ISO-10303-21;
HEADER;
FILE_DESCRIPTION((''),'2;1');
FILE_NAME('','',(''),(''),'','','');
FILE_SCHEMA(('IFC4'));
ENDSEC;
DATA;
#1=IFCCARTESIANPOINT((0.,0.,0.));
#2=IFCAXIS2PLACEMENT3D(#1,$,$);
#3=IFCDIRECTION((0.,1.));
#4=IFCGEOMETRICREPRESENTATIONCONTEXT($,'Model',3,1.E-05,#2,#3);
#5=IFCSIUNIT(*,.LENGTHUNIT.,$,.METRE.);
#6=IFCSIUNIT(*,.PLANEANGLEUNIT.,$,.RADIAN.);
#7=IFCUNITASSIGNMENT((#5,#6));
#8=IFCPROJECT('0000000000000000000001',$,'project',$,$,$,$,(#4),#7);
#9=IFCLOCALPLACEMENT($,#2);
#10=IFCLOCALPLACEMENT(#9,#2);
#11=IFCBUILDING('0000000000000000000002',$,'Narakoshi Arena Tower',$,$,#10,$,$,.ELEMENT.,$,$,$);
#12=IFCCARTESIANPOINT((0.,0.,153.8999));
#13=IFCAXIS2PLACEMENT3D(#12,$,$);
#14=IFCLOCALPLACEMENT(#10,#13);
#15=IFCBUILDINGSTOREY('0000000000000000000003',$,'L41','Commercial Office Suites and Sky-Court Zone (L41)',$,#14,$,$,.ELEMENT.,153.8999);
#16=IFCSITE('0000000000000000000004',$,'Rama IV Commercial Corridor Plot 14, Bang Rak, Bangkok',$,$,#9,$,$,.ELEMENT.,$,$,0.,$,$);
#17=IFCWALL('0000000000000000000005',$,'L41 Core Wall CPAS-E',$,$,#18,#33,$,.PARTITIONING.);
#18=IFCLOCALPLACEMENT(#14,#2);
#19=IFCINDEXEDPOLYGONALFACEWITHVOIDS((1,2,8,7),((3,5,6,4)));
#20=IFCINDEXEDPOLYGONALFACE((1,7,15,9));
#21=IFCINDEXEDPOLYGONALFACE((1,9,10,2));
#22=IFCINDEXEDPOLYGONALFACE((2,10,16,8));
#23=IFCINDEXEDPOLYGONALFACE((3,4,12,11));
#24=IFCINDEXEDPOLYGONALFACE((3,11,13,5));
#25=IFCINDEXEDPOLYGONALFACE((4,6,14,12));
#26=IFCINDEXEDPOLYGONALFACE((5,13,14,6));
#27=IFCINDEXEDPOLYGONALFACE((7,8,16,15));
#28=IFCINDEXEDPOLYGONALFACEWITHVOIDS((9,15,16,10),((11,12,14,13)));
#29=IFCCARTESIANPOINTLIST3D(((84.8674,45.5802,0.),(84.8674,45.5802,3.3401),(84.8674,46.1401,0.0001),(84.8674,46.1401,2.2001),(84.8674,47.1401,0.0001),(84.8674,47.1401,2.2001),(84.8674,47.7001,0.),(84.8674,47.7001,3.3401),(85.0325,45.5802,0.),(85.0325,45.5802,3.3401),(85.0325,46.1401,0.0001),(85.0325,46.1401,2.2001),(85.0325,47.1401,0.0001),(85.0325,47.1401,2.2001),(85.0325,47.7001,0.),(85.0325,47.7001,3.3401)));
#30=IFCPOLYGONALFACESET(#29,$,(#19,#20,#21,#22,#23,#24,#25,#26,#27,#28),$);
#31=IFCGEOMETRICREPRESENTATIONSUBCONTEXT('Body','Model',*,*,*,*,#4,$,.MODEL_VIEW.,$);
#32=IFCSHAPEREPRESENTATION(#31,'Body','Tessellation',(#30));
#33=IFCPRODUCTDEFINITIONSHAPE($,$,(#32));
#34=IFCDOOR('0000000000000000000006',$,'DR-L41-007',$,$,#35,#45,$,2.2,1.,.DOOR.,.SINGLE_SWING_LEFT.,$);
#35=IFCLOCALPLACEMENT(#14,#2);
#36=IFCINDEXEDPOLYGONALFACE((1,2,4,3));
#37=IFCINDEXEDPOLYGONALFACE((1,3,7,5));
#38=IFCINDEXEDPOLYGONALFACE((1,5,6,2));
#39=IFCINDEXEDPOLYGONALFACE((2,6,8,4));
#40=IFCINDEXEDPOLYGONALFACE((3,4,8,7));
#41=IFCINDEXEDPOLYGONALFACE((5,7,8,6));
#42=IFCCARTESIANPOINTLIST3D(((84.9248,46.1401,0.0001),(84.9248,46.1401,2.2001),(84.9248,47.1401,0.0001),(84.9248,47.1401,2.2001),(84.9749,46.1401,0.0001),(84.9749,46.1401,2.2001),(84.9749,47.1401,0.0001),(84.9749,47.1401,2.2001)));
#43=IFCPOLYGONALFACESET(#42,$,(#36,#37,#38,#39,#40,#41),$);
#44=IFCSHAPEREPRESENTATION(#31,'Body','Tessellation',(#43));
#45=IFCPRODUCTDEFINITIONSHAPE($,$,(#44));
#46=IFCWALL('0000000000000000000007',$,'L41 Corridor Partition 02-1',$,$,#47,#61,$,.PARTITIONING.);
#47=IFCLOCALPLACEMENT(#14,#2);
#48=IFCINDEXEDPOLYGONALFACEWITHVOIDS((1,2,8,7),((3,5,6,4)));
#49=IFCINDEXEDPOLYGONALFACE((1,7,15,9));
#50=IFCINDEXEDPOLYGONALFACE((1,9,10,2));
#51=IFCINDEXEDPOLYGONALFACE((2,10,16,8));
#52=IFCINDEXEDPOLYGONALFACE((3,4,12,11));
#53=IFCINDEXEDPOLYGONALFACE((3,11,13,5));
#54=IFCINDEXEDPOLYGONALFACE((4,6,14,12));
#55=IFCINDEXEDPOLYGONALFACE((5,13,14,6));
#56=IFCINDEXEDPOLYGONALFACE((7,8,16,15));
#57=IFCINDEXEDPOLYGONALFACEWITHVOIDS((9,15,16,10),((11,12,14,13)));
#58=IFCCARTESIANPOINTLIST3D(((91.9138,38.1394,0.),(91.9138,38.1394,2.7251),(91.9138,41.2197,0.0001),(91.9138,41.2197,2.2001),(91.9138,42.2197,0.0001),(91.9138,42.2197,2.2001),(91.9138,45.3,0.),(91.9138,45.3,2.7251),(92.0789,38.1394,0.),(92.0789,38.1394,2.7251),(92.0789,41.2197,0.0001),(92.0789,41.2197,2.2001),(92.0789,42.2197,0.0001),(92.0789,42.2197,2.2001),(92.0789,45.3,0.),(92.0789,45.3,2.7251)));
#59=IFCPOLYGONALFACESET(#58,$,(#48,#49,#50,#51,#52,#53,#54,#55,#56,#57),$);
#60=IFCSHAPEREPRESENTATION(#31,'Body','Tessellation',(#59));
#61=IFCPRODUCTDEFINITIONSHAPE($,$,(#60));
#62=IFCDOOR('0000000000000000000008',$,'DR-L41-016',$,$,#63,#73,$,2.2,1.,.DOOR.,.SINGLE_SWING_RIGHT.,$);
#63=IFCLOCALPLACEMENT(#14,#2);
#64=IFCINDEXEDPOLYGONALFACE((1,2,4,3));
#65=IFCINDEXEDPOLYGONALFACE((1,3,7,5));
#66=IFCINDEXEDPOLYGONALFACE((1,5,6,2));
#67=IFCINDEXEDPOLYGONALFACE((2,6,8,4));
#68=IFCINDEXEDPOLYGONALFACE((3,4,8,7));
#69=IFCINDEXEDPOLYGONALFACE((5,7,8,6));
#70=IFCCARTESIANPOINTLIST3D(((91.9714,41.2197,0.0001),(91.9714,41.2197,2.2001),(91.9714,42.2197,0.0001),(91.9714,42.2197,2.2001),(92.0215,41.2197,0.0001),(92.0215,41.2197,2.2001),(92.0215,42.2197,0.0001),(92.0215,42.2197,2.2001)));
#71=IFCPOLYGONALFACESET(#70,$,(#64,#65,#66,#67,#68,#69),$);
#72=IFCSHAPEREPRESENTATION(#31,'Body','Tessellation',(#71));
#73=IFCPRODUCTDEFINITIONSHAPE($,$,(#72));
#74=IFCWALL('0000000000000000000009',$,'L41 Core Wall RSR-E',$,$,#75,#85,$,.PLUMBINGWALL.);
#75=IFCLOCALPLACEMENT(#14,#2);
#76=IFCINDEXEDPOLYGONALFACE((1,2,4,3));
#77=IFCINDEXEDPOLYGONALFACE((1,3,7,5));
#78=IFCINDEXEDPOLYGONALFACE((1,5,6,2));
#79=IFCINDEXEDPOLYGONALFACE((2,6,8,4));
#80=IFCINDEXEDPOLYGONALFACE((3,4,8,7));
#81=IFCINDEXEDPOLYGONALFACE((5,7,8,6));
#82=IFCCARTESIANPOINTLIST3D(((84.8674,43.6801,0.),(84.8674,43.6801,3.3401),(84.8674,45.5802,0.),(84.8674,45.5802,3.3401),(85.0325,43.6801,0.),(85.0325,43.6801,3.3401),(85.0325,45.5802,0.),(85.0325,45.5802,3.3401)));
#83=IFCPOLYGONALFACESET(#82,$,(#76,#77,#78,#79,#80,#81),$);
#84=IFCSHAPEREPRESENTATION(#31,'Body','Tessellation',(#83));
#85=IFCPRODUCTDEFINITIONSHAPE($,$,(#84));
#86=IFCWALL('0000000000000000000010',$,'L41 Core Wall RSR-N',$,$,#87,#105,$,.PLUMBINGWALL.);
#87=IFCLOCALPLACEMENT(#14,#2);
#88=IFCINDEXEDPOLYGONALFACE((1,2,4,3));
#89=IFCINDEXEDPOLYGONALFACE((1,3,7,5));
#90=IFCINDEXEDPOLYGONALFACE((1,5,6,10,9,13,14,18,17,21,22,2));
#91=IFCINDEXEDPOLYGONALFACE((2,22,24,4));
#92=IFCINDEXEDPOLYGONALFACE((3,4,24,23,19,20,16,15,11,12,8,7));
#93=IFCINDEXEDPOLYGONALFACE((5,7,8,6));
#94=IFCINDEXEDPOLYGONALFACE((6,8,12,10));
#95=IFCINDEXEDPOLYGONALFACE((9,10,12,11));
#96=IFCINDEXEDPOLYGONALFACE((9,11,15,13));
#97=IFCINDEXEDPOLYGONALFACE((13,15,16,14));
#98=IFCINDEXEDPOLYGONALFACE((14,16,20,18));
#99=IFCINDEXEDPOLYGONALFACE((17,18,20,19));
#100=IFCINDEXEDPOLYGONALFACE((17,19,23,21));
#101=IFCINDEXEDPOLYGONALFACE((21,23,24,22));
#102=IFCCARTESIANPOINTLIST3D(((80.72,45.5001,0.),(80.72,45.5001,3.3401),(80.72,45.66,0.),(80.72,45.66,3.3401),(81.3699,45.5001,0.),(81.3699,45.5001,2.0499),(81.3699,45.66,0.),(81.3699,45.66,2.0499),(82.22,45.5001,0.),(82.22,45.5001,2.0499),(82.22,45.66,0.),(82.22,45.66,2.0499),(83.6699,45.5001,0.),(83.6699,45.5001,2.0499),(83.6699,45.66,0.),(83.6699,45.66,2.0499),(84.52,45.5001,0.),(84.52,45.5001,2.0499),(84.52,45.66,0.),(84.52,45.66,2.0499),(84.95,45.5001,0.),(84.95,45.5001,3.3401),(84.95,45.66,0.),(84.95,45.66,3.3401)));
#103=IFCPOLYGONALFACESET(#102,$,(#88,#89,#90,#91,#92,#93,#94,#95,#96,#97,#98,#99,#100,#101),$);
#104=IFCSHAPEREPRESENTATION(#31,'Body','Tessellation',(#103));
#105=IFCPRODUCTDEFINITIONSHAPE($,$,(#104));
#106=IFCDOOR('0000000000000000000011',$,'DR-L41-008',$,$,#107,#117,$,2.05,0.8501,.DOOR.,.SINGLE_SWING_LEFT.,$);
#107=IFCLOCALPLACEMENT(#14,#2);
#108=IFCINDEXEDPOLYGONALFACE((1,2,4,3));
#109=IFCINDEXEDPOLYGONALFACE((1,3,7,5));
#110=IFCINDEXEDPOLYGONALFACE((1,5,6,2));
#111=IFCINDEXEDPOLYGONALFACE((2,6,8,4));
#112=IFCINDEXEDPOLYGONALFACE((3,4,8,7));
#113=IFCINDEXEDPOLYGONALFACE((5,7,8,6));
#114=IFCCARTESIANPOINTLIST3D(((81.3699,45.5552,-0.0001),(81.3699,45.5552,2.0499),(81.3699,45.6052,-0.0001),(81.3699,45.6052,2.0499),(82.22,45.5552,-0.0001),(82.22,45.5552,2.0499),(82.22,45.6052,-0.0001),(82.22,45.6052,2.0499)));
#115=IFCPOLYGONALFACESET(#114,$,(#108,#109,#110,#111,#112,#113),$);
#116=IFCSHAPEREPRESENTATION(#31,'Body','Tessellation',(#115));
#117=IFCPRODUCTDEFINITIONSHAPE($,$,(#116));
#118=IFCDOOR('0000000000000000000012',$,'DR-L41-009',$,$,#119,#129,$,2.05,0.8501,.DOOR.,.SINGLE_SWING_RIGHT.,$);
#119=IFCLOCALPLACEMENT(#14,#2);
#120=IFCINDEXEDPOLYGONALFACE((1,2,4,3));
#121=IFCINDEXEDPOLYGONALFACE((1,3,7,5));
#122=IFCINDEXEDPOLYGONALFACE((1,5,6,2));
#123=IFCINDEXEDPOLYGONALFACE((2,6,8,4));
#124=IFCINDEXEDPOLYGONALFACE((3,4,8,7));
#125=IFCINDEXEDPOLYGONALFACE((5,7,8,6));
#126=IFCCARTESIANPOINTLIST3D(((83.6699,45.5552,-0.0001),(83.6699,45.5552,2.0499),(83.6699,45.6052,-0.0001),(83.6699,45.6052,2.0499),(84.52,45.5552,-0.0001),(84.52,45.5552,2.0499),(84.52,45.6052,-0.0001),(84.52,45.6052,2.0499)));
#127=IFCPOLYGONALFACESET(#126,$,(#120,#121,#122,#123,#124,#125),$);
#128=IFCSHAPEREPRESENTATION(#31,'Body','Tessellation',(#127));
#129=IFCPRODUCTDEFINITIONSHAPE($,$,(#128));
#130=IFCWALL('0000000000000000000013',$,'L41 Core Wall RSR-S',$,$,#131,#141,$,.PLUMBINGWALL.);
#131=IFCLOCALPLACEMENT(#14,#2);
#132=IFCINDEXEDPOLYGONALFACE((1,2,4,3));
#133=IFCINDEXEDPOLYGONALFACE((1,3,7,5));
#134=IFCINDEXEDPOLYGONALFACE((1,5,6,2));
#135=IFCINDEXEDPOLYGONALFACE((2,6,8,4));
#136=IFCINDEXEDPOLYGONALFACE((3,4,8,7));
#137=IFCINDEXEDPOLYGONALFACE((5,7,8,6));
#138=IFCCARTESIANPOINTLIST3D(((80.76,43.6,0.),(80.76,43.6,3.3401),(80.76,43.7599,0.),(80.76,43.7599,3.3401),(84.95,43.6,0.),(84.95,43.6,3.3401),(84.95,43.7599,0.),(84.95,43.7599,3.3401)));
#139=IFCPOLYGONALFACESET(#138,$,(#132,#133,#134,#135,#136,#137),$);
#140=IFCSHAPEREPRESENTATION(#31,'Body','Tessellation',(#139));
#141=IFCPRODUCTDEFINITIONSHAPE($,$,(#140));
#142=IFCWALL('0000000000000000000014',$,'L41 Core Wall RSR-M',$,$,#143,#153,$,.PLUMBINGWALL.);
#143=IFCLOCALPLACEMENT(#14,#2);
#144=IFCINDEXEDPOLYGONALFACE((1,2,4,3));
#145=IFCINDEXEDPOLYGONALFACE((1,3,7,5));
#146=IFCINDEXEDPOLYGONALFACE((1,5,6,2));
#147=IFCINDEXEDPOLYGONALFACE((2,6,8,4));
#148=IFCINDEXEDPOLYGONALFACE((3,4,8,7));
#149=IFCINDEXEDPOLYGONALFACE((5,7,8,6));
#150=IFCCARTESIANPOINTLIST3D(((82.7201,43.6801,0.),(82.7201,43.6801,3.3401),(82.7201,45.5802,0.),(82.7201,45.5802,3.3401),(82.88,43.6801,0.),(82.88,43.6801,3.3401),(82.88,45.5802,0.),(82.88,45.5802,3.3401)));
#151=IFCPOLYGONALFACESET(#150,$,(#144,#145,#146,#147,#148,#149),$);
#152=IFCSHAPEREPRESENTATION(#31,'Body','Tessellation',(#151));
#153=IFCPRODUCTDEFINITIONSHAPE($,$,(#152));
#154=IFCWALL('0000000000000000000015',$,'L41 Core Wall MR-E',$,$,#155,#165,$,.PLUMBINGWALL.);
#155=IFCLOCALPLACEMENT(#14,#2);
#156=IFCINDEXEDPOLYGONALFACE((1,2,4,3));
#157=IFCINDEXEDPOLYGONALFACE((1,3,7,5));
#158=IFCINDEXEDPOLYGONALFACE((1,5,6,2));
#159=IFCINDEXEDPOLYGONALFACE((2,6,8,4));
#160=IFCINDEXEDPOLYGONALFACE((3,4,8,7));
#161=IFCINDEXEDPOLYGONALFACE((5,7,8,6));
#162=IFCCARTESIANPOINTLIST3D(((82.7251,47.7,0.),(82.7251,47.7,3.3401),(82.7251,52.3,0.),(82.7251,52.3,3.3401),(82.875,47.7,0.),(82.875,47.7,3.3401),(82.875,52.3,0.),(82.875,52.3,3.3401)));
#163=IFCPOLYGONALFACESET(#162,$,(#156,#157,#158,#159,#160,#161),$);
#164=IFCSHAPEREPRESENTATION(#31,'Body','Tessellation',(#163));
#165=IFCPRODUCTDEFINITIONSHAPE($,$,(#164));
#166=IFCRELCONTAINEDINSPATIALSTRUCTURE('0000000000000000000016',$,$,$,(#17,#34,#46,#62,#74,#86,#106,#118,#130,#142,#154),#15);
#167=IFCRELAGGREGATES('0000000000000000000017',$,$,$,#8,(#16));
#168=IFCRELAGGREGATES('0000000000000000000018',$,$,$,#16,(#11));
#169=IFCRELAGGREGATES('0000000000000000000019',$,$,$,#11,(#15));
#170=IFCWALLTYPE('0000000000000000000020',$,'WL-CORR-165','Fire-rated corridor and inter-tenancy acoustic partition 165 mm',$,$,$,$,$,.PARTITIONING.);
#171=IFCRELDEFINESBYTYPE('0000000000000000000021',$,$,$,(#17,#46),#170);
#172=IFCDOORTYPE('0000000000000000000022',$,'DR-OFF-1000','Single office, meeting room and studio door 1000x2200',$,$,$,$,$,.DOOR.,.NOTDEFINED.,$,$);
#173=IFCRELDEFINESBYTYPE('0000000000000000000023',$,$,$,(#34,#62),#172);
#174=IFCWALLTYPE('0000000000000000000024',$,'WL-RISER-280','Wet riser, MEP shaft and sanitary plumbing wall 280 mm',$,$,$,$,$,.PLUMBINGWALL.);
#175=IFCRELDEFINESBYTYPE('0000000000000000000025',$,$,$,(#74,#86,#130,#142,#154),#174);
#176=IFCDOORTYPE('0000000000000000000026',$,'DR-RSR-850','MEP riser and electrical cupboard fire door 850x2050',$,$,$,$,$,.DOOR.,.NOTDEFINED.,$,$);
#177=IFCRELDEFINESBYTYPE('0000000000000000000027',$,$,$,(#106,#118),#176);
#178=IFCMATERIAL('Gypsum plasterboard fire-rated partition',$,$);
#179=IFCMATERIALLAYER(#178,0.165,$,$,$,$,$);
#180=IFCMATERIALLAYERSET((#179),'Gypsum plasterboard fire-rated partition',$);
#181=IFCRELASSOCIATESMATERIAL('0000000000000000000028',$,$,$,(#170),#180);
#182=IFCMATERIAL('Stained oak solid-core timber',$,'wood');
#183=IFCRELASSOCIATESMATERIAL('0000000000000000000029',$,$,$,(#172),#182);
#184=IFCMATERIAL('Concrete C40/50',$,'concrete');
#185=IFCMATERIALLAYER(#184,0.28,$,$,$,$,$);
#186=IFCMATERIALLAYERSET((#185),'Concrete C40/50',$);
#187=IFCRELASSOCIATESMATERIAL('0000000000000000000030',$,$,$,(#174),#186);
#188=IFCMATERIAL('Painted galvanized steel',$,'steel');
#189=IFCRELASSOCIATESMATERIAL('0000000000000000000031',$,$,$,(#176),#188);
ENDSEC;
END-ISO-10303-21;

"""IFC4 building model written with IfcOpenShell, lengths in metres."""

from ifc_helpers import new_model, si_unit, direction, frame, frame_2d, origin, place, context, subcontext, project, spatial, rectangle, extrude, material, layer, layer_set, type_object, element, fill, save


model = new_model("IFC4")

# Units and contexts
model_context = context("Model", 3, precision=1e-05, world=origin(), true_north=direction((0.0, 1.0)))
body_context = subcontext(model_context, "Body", "Model", "MODEL_VIEW")
ifc_project = project(units=[si_unit("LENGTHUNIT", "METRE"), si_unit("PLANEANGLEUNIT", "RADIAN")], contexts=[model_context])

# Site, building, storey
site_placement = place(None, origin())
site = spatial("IfcSite", under=ifc_project, at=site_placement, Name="Rama IV Commercial Corridor Plot 14, Bang Rak, Bangkok", CompositionType="ELEMENT", RefElevation=0.0)
building_placement = place(site_placement, origin())
building = spatial("IfcBuilding", under=site, at=building_placement, Name="Narakoshi Arena Tower", CompositionType="ELEMENT")
storey_placement = place(building_placement, frame((0.0, 0.0, 153.8999)))
storey = spatial("IfcBuildingStorey", under=building, at=storey_placement, Name="L41", Description="Commercial Office Suites and Sky-Court Zone (L41)", CompositionType="ELEMENT", Elevation=153.8999)

# Walls, openings, doors
ifc_material_1 = material(Name="Gypsum plasterboard fire-rated partition")
ifc_layer_1 = layer(ifc_material_1, 0.165)
ifc_layer_set_1 = layer_set([ifc_layer_1], Name="Gypsum plasterboard fire-rated partition")
wall_type_1 = type_object("IfcWallType", Name="WL-CORR-165", Description="Fire-rated corridor and inter-tenancy acoustic partition 165 mm", PredefinedType="PARTITIONING", material=ifc_layer_set_1)
wall_1_placement = place(storey_placement, frame((84.95, 45.5801, 0.0), z_axis=(0.0, 0.0, 1.0), x_axis=(0.0, 1.0, 0.0)))
wall_1 = element("IfcWall", 1, at=wall_1_placement, inside=storey, type_object=wall_type_1, Name="L41 Core Wall CPAS-E", PredefinedType="PARTITIONING", context=body_context, shape_type="SweptSolid", body=[
    extrude(rectangle(XDim=2.1199, YDim=0.165, at=frame_2d((1.0601, 0.0))), origin(), (0.0, 0.0, 1.0), 3.3401),
])
opening_1_placement = place(wall_1_placement, frame((0.5601, 0.0, 0.0)))
opening_1 = element("IfcOpeningElement", 2, at=opening_1_placement, cuts=wall_1, PredefinedType="OPENING", context=body_context, shape_type="SweptSolid", body=[
    extrude(rectangle(XDim=1.0, YDim=2.2, at=frame_2d((0.5, 1.1001))), frame((0.0, 0.0925, 0.0), z_axis=(0.0, -1.0, 0.0), x_axis=(1.0, 0.0, 0.0)), (0.0, 0.0, 1.0), 0.1851),
])
ifc_material_2 = material(Name="Stained oak solid-core timber", Category="wood")
door_type_1 = type_object("IfcDoorType", Name="DR-OFF-1000", Description="Single office, meeting room and studio door 1000x2200", OperationType="NOTDEFINED", PredefinedType="DOOR", material=ifc_material_2)
door_1_placement = place(opening_1_placement, frame((1.0, 0.0, 0.0), z_axis=(0.0, 0.0, 1.0), x_axis=(-1.0, 0.0, 0.0)))
door_1 = element("IfcDoor", 3, at=door_1_placement, inside=storey, type_object=door_type_1, Name="DR-L41-007", OperationType="SINGLE_SWING_LEFT", OverallHeight=2.2, OverallWidth=1.0, PredefinedType="DOOR", context=body_context, shape_type="SweptSolid", body=[
    extrude(rectangle(XDim=1.0, YDim=2.2, at=frame_2d((0.5, 1.1001))), frame((0.0, 0.0249, 0.0), z_axis=(0.0, -1.0, 0.0), x_axis=(1.0, 0.0, 0.0)), (0.0, 0.0, 1.0), 0.05),
])
fill(opening_1, door_1)
wall_2_placement = place(storey_placement, frame((91.9963, 45.3, 0.0), z_axis=(0.0, 0.0, 1.0), x_axis=(0.0, -1.0, 0.0)))
wall_2 = element("IfcWall", 4, at=wall_2_placement, inside=storey, type_object=wall_type_1, Name="L41 Corridor Partition 02-1", PredefinedType="PARTITIONING", context=body_context, shape_type="SweptSolid", body=[
    extrude(rectangle(XDim=7.1606, YDim=0.165, at=frame_2d((3.5803, 0.0))), origin(), (0.0, 0.0, 1.0), 2.7251),
])
opening_2_placement = place(wall_2_placement, frame((3.0803, 0.0, 0.0)))
opening_2 = element("IfcOpeningElement", 5, at=opening_2_placement, cuts=wall_2, PredefinedType="OPENING", context=body_context, shape_type="SweptSolid", body=[
    extrude(rectangle(XDim=1.0, YDim=2.2, at=frame_2d((0.5, 1.1001))), frame((0.0, 0.0925, 0.0), z_axis=(0.0, -1.0, 0.0), x_axis=(1.0, 0.0, 0.0)), (0.0, 0.0, 1.0), 0.1851),
])
door_2_placement = place(opening_2_placement, frame((1.0, 0.0, 0.0), z_axis=(0.0, 0.0, 1.0), x_axis=(-1.0, 0.0, 0.0)))
door_2 = element("IfcDoor", 6, at=door_2_placement, inside=storey, type_object=door_type_1, Name="DR-L41-016", OperationType="SINGLE_SWING_RIGHT", OverallHeight=2.2, OverallWidth=1.0, PredefinedType="DOOR", context=body_context, shape_type="SweptSolid", body=[
    extrude(rectangle(XDim=1.0, YDim=2.2, at=frame_2d((0.5, 1.1001))), frame((0.0, 0.0249, 0.0), z_axis=(0.0, -1.0, 0.0), x_axis=(1.0, 0.0, 0.0)), (0.0, 0.0, 1.0), 0.05),
])
fill(opening_2, door_2)

# Wall
ifc_material_3 = material(Name="Concrete C40/50", Category="concrete")
ifc_layer_2 = layer(ifc_material_3, 0.28)
ifc_layer_set_2 = layer_set([ifc_layer_2], Name="Concrete C40/50")
wall_type_2 = type_object("IfcWallType", Name="WL-RISER-280", Description="Wet riser, MEP shaft and sanitary plumbing wall 280 mm", PredefinedType="PLUMBINGWALL", material=ifc_layer_set_2)
wall_3_placement = place(storey_placement, frame((84.95, 43.6799, 0.0), z_axis=(0.0, 0.0, 1.0), x_axis=(0.0, 1.0, 0.0)))
element("IfcWall", 7, at=wall_3_placement, inside=storey, type_object=wall_type_2, Name="L41 Core Wall RSR-E", PredefinedType="PLUMBINGWALL", context=body_context, shape_type="SweptSolid", body=[
    extrude(rectangle(XDim=1.9001, YDim=0.165, at=frame_2d((0.9502, 0.0))), origin(), (0.0, 0.0, 1.0), 3.3401),
])

# Wall, openings, doors
wall_4_placement = place(storey_placement, frame((80.72, 45.5801, 0.0), z_axis=(0.0, 0.0, 1.0), x_axis=(1.0, 0.0, 0.0)))
wall_4 = element("IfcWall", 8, at=wall_4_placement, inside=storey, type_object=wall_type_2, Name="L41 Core Wall RSR-N", PredefinedType="PLUMBINGWALL", context=body_context, shape_type="SweptSolid", body=[
    extrude(rectangle(XDim=4.23, YDim=0.1599, at=frame_2d((2.115, 0.0))), origin(), (0.0, 0.0, 1.0), 3.3401),
])
opening_3_placement = place(wall_4_placement, frame((0.6499, 0.0, 0.0)))
opening_3 = element("IfcOpeningElement", 9, at=opening_3_placement, cuts=wall_4, PredefinedType="OPENING", context=body_context, shape_type="SweptSolid", body=[
    extrude(rectangle(XDim=0.8501, YDim=2.05, at=frame_2d((0.425, 1.0249))), frame((0.0, 0.0898, 0.0), z_axis=(0.0, -1.0, 0.0), x_axis=(1.0, 0.0, 0.0)), (0.0, 0.0, 1.0), 0.1799),
])
opening_4_placement = place(wall_4_placement, frame((2.95, 0.0, 0.0)))
opening_4 = element("IfcOpeningElement", 10, at=opening_4_placement, cuts=wall_4, PredefinedType="OPENING", context=body_context, shape_type="SweptSolid", body=[
    extrude(rectangle(XDim=0.8501, YDim=2.05, at=frame_2d((0.425, 1.0249))), frame((0.0, 0.0898, 0.0), z_axis=(0.0, -1.0, 0.0), x_axis=(1.0, 0.0, 0.0)), (0.0, 0.0, 1.0), 0.1799),
])
ifc_material_4 = material(Name="Painted galvanized steel", Category="steel")
door_type_2 = type_object("IfcDoorType", Name="DR-RSR-850", Description="MEP riser and electrical cupboard fire door 850x2050", OperationType="NOTDEFINED", PredefinedType="DOOR", material=ifc_material_4)
door_3_placement = place(opening_3_placement, frame((0.8501, 0.0, 0.0), z_axis=(0.0, 0.0, 1.0), x_axis=(-1.0, 0.0, 0.0)))
door_3 = element("IfcDoor", 11, at=door_3_placement, inside=storey, type_object=door_type_2, Name="DR-L41-008", OperationType="SINGLE_SWING_LEFT", OverallHeight=2.05, OverallWidth=0.8501, PredefinedType="DOOR", context=body_context, shape_type="SweptSolid", body=[
    extrude(rectangle(XDim=0.8501, YDim=2.05, at=frame_2d((0.425, 1.0249))), frame((0.0, 0.0249, 0.0), z_axis=(0.0, -1.0, 0.0), x_axis=(1.0, 0.0, 0.0)), (0.0, 0.0, 1.0), 0.05),
])
fill(opening_3, door_3)
door_4_placement = place(opening_4_placement, frame((0.8501, 0.0, 0.0), z_axis=(0.0, 0.0, 1.0), x_axis=(-1.0, 0.0, 0.0)))
door_4 = element("IfcDoor", 12, at=door_4_placement, inside=storey, type_object=door_type_2, Name="DR-L41-009", OperationType="SINGLE_SWING_RIGHT", OverallHeight=2.05, OverallWidth=0.8501, PredefinedType="DOOR", context=body_context, shape_type="SweptSolid", body=[
    extrude(rectangle(XDim=0.8501, YDim=2.05, at=frame_2d((0.425, 1.0249))), frame((0.0, 0.0249, 0.0), z_axis=(0.0, -1.0, 0.0), x_axis=(1.0, 0.0, 0.0)), (0.0, 0.0, 1.0), 0.05),
])
fill(opening_4, door_4)

# Walls
wall_5_placement = place(storey_placement, frame((80.76, 43.6799, 0.0), z_axis=(0.0, 0.0, 1.0), x_axis=(1.0, 0.0, 0.0)))
element("IfcWall", 13, at=wall_5_placement, inside=storey, type_object=wall_type_2, Name="L41 Core Wall RSR-S", PredefinedType="PLUMBINGWALL", context=body_context, shape_type="SweptSolid", body=[
    extrude(rectangle(XDim=4.1899, YDim=0.1599, at=frame_2d((2.095, 0.0))), origin(), (0.0, 0.0, 1.0), 3.3401),
])
wall_6_placement = place(storey_placement, frame((82.8, 43.6799, 0.0), z_axis=(0.0, 0.0, 1.0), x_axis=(0.0, 1.0, 0.0)))
element("IfcWall", 14, at=wall_6_placement, inside=storey, type_object=wall_type_2, Name="L41 Core Wall RSR-M", PredefinedType="PLUMBINGWALL", context=body_context, shape_type="SweptSolid", body=[
    extrude(rectangle(XDim=1.9001, YDim=0.1599, at=frame_2d((0.9502, 0.0))), origin(), (0.0, 0.0, 1.0), 3.3401),
])
wall_7_placement = place(storey_placement, frame((82.8, 47.7, 0.0), z_axis=(0.0, 0.0, 1.0), x_axis=(0.0, 1.0, 0.0)))
element("IfcWall", 15, at=wall_7_placement, inside=storey, type_object=wall_type_2, Name="L41 Core Wall MR-E", PredefinedType="PLUMBINGWALL", context=body_context, shape_type="SweptSolid", body=[
    extrude(rectangle(XDim=4.6001, YDim=0.1499, at=frame_2d((2.3, 0.0))), origin(), (0.0, 0.0, 1.0), 3.3401),
])

save(model, "model.ifc")
